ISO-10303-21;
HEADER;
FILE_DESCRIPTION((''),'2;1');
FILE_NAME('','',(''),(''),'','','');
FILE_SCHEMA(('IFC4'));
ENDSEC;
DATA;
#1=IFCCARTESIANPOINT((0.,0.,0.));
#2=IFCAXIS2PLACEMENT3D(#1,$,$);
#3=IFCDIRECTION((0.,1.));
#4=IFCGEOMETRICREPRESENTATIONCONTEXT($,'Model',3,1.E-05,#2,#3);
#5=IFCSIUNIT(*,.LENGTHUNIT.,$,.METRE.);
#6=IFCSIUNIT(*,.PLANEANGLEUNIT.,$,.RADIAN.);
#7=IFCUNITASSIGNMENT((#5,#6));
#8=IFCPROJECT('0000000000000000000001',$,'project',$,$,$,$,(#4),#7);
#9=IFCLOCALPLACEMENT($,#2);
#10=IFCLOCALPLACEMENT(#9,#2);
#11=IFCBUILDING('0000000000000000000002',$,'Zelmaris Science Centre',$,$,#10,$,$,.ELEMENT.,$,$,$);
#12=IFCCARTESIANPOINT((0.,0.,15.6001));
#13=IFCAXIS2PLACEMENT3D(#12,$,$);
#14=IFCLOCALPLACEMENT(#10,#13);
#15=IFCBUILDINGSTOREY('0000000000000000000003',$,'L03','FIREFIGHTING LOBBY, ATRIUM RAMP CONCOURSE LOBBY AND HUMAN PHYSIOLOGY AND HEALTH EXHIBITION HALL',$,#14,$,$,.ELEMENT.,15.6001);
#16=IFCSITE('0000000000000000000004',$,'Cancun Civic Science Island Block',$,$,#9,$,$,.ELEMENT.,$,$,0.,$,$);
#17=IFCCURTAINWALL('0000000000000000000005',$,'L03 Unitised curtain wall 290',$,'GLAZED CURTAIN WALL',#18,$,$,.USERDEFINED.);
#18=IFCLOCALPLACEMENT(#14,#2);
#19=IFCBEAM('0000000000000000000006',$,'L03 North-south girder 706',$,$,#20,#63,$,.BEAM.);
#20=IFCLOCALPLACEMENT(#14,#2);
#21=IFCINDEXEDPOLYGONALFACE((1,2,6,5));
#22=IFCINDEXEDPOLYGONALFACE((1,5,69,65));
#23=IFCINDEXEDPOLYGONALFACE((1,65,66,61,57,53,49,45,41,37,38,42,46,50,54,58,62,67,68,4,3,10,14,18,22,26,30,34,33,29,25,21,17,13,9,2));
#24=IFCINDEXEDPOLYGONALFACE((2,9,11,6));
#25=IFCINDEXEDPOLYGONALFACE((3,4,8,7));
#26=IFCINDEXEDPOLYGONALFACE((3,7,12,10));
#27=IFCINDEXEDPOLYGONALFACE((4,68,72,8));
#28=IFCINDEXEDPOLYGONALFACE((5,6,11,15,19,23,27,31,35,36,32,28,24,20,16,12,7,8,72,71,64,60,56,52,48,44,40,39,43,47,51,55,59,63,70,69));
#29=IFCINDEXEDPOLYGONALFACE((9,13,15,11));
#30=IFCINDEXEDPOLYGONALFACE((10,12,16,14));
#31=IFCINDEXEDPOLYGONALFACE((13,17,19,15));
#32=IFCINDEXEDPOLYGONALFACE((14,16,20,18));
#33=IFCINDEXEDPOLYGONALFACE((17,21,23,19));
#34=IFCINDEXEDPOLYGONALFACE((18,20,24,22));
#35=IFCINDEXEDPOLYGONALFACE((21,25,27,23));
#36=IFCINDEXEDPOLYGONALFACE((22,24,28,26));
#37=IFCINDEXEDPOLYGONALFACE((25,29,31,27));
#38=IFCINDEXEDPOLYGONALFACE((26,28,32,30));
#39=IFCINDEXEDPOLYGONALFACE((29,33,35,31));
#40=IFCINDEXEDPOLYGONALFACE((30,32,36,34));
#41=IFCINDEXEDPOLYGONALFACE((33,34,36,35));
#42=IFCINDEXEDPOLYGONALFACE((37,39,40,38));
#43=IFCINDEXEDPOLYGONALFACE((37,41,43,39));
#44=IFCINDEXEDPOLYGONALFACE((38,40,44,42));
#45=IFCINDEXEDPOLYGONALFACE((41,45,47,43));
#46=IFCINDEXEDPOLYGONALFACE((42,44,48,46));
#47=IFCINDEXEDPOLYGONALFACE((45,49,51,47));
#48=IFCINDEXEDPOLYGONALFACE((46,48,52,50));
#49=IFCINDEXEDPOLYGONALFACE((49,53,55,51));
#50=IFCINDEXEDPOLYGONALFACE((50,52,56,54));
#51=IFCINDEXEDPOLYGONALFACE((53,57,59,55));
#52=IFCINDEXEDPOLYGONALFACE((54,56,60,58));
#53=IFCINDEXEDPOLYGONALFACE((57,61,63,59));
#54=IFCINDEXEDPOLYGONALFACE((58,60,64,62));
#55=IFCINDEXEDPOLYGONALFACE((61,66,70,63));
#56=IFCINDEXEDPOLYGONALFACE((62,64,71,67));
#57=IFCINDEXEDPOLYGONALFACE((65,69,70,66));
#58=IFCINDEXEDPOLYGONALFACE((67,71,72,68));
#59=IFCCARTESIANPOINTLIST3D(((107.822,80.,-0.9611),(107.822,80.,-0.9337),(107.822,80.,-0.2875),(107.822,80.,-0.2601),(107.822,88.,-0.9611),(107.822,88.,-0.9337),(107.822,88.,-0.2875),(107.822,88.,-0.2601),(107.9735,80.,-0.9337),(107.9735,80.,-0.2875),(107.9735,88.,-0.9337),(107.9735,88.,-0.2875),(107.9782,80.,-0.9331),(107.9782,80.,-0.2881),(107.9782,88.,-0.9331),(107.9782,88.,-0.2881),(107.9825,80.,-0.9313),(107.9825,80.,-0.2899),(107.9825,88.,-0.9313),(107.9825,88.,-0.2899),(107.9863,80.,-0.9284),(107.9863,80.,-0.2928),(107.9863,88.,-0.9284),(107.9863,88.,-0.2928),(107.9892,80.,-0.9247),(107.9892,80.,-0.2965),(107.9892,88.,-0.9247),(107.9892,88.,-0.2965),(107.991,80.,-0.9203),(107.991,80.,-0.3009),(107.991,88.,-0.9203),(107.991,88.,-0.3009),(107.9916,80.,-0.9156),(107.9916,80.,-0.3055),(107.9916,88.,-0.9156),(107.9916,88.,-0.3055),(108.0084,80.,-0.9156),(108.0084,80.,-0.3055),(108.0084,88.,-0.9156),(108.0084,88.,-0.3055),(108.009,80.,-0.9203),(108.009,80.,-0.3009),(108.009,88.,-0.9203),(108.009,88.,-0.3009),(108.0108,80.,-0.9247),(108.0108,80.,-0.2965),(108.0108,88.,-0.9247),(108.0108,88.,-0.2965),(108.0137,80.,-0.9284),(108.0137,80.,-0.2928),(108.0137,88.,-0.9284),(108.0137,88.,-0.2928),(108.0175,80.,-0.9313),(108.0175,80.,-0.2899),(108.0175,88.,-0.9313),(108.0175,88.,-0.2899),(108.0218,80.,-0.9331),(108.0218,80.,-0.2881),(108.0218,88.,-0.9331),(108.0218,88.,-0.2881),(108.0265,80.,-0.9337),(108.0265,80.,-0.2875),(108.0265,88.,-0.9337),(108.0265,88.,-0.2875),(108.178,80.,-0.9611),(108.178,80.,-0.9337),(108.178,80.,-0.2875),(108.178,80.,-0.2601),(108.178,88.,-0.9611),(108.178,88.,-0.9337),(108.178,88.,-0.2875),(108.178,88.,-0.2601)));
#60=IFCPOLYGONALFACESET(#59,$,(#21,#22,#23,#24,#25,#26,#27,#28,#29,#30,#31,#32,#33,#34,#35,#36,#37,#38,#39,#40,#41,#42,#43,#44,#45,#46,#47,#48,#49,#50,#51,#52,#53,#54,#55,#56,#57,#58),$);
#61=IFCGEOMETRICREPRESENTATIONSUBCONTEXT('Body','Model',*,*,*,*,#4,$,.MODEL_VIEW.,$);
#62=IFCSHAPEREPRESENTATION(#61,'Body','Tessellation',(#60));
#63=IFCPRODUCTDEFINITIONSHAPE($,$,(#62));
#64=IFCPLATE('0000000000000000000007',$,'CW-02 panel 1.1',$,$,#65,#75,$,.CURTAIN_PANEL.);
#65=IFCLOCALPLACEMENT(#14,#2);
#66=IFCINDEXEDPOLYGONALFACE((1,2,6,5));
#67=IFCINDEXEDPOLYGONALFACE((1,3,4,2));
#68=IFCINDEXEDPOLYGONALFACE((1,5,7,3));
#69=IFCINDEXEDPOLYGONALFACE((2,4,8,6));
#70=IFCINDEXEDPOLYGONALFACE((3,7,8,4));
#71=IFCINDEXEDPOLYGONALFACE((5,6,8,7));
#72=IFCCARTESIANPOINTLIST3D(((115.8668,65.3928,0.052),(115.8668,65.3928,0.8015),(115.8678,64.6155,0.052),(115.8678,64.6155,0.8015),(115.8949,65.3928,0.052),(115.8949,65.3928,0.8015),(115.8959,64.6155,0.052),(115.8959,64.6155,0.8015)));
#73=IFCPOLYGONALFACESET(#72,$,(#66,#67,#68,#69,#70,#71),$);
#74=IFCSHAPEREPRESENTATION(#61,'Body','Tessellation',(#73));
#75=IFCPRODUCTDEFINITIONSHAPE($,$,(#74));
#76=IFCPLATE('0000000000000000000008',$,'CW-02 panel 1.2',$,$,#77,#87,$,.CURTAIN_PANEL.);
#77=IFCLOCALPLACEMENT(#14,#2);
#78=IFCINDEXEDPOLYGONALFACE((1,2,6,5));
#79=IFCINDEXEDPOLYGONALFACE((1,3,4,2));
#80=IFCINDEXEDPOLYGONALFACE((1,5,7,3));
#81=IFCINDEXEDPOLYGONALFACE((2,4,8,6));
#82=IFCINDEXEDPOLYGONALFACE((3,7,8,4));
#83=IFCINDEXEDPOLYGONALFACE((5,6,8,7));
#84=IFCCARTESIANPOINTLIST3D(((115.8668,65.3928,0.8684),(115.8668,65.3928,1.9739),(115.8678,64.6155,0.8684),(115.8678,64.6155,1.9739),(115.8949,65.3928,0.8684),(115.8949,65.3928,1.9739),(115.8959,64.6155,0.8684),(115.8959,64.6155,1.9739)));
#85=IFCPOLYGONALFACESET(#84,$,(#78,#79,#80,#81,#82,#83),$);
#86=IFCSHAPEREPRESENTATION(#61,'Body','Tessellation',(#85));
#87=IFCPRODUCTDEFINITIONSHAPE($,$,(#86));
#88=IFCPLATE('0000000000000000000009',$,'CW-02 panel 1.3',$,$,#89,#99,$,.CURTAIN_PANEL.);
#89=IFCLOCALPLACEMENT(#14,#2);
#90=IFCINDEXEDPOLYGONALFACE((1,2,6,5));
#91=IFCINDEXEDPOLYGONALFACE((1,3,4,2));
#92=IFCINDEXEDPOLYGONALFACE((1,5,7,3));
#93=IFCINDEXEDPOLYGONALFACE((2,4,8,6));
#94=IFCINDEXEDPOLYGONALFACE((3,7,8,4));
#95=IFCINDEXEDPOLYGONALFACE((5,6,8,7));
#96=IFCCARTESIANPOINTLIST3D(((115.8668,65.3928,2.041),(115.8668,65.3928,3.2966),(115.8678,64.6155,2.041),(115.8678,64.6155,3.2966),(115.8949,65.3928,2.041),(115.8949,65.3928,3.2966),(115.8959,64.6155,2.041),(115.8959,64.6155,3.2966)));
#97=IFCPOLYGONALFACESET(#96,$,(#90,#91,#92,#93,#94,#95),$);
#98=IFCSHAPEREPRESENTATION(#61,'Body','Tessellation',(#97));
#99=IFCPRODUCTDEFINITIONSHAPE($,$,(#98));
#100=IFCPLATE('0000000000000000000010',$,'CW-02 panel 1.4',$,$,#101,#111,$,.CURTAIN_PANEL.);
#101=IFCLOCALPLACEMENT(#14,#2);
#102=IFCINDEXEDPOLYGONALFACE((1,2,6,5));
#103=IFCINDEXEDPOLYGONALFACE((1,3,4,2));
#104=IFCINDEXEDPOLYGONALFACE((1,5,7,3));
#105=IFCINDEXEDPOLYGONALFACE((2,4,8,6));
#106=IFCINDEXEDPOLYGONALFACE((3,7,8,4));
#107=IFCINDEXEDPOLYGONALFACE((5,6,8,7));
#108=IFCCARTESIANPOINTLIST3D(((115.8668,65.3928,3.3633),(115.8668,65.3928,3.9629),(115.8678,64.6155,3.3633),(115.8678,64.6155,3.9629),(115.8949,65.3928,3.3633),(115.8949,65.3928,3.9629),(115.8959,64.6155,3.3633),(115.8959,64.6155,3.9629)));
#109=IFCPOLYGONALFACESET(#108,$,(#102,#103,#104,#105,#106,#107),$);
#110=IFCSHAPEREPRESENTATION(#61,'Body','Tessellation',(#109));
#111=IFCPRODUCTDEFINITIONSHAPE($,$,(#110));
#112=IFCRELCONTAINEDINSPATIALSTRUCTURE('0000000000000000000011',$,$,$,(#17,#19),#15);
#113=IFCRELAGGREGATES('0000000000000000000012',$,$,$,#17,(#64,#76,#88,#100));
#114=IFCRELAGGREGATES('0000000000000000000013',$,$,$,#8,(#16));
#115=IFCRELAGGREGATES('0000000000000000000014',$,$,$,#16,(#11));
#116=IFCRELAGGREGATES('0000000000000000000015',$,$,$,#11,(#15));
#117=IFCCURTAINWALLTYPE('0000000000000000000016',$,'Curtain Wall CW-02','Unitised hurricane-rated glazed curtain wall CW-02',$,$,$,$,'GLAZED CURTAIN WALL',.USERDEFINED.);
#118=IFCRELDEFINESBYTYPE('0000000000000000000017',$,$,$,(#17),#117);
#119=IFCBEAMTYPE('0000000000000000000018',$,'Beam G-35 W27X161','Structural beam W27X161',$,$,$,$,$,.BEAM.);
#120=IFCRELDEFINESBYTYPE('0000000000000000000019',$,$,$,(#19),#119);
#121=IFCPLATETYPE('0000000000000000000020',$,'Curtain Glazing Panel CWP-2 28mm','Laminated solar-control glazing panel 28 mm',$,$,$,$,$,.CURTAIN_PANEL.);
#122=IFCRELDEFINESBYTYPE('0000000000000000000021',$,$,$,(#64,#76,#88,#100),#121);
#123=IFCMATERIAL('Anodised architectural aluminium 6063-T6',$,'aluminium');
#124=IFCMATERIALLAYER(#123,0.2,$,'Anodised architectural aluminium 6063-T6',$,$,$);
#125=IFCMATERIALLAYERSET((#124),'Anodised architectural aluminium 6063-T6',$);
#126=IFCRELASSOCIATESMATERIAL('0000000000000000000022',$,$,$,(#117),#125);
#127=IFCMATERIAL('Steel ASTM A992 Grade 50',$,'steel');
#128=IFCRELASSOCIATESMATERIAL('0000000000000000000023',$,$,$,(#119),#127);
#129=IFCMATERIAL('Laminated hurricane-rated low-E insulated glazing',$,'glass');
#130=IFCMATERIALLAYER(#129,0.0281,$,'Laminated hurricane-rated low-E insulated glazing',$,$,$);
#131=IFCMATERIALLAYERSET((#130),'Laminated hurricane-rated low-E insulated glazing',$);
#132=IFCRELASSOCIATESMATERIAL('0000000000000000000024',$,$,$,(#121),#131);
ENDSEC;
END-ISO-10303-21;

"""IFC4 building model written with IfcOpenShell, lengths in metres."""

from ifc_helpers import new_model, si_unit, direction, frame, origin, origin_2d, place, context, subcontext, project, spatial, rectangle, i_section, extrude, material, layer, layer_set, material_profile, profile_set, type_object, element, aggregate, save


model = new_model("IFC4")

# Units and contexts
model_context = context("Model", 3, precision=1e-05, world=origin(), true_north=direction((0.0, 1.0)))
body_context = subcontext(model_context, "Body", "Model", "MODEL_VIEW")
ifc_project = project(units=[si_unit("LENGTHUNIT", "METRE"), si_unit("PLANEANGLEUNIT", "RADIAN")], contexts=[model_context])

# Site, building, storey
site_placement = place(None, origin())
site = spatial("IfcSite", under=ifc_project, at=site_placement, Name="Cancun Civic Science Island Block", CompositionType="ELEMENT", RefElevation=0.0)
building_placement = place(site_placement, origin())
building = spatial("IfcBuilding", under=site, at=building_placement, Name="Zelmaris Science Centre", CompositionType="ELEMENT")
storey_placement = place(building_placement, frame((0.0, 0.0, 15.6001)))
storey = spatial("IfcBuildingStorey", under=building, at=storey_placement, Name="L03", Description="FIREFIGHTING LOBBY, ATRIUM RAMP CONCOURSE LOBBY AND HUMAN PHYSIOLOGY AND HEALTH EXHIBITION HALL", CompositionType="ELEMENT", Elevation=15.6001)

# Shared definitions
ifc_material_1 = material(Name="Steel ASTM A992 Grade 50", Category="steel")

# Curtain wall
ifc_material_2 = material(Name="Anodised architectural aluminium 6063-T6", Category="aluminium")
ifc_layer_1 = layer(ifc_material_2, 0.2, Name="Anodised architectural aluminium 6063-T6")
ifc_layer_set_1 = layer_set([ifc_layer_1], Name="Anodised architectural aluminium 6063-T6")
curtain_wall_type = type_object("IfcCurtainWallType", Name="Curtain Wall CW-02", Description="Unitised hurricane-rated glazed curtain wall CW-02", ElementType="GLAZED CURTAIN WALL", PredefinedType="USERDEFINED", material=ifc_layer_set_1)
curtain_wall_placement = place(storey_placement, origin())
curtain_wall = element("IfcCurtainWall", 1, at=curtain_wall_placement, inside=storey, type_object=curtain_wall_type, Name="L03 Unitised curtain wall 290", ObjectType="GLAZED CURTAIN WALL", PredefinedType="USERDEFINED")

# Beam
ifc_material_profile_1 = material_profile(ifc_material_1, i_section(OverallWidth=0.356, OverallDepth=0.7009, WebThickness=0.0168, FlangeThickness=0.0273, FilletRadius=0.0181, at=origin_2d()), Name="W27X161")
ifc_profile_set_1 = profile_set([ifc_material_profile_1], Name="Steel ASTM A992 Grade 50")
beam_type_1 = type_object("IfcBeamType", Name="Beam G-35 W27X161", Description="Structural beam W27X161", PredefinedType="BEAM", material=ifc_profile_set_1)
beam_1_placement = place(storey_placement, frame((108.0, 80.0, -0.6106), z_axis=(0.0, 1.0, 0.0), x_axis=(-1.0, 0.0, 0.0)))
element("IfcBeam", 2, at=beam_1_placement, inside=storey, type_object=beam_type_1, Name="L03 North-south girder 706", PredefinedType="BEAM", context=body_context, shape_type="SweptSolid", body=[
    extrude(i_section(OverallWidth=0.356, OverallDepth=0.7009, WebThickness=0.0168, FlangeThickness=0.0273, FilletRadius=0.0181, at=origin_2d()), origin(), (0.0, 0.0, 1.0), 8.0),
])

# Plates
ifc_material_3 = material(Name="Laminated hurricane-rated low-E insulated glazing", Category="glass")
ifc_layer_2 = layer(ifc_material_3, 0.0281, Name="Laminated hurricane-rated low-E insulated glazing")
ifc_layer_set_2 = layer_set([ifc_layer_2], Name="Laminated hurricane-rated low-E insulated glazing")
plate_type = type_object("IfcPlateType", Name="Curtain Glazing Panel CWP-2 28mm", Description="Laminated solar-control glazing panel 28 mm", PredefinedType="CURTAIN_PANEL", material=ifc_layer_set_2)
plate_1_placement = place(storey_placement, frame((115.8813, 65.0042, 0.052), z_axis=(0.0, 0.0, 1.0), x_axis=(0.001367, -0.999999, 0.0)))
plate_1 = element("IfcPlate", 3, at=plate_1_placement, type_object=plate_type, Name="CW-02 panel 1.1", PredefinedType="CURTAIN_PANEL", context=body_context, shape_type="SweptSolid", body=[
    extrude(rectangle(XDim=0.7773, YDim=0.0281, at=origin_2d()), origin(), (0.0, 0.0, 1.0), 0.7495),
])
plate_2_placement = place(storey_placement, frame((115.8813, 65.0042, 0.8684), z_axis=(0.0, 0.0, 1.0), x_axis=(0.001367, -0.999999, 0.0)))
plate_2 = element("IfcPlate", 4, at=plate_2_placement, type_object=plate_type, Name="CW-02 panel 1.2", PredefinedType="CURTAIN_PANEL", context=body_context, shape_type="SweptSolid", body=[
    extrude(rectangle(XDim=0.7773, YDim=0.0281, at=origin_2d()), origin(), (0.0, 0.0, 1.0), 1.1055),
])
plate_3_placement = place(storey_placement, frame((115.8813, 65.0042, 2.041), z_axis=(0.0, 0.0, 1.0), x_axis=(0.001367, -0.999999, 0.0)))
plate_3 = element("IfcPlate", 5, at=plate_3_placement, type_object=plate_type, Name="CW-02 panel 1.3", PredefinedType="CURTAIN_PANEL", context=body_context, shape_type="SweptSolid", body=[
    extrude(rectangle(XDim=0.7773, YDim=0.0281, at=origin_2d()), origin(), (0.0, 0.0, 1.0), 1.2556),
])
plate_4_placement = place(storey_placement, frame((115.8813, 65.0042, 3.3633), z_axis=(0.0, 0.0, 1.0), x_axis=(0.001367, -0.999999, 0.0)))
plate_4 = element("IfcPlate", 6, at=plate_4_placement, type_object=plate_type, Name="CW-02 panel 1.4", PredefinedType="CURTAIN_PANEL", context=body_context, shape_type="SweptSolid", body=[
    extrude(rectangle(XDim=0.7773, YDim=0.0281, at=origin_2d()), origin(), (0.0, 0.0, 1.0), 0.5996),
])
aggregate(curtain_wall, [plate_1, plate_2, plate_3, plate_4])

save(model, "model.ifc")
